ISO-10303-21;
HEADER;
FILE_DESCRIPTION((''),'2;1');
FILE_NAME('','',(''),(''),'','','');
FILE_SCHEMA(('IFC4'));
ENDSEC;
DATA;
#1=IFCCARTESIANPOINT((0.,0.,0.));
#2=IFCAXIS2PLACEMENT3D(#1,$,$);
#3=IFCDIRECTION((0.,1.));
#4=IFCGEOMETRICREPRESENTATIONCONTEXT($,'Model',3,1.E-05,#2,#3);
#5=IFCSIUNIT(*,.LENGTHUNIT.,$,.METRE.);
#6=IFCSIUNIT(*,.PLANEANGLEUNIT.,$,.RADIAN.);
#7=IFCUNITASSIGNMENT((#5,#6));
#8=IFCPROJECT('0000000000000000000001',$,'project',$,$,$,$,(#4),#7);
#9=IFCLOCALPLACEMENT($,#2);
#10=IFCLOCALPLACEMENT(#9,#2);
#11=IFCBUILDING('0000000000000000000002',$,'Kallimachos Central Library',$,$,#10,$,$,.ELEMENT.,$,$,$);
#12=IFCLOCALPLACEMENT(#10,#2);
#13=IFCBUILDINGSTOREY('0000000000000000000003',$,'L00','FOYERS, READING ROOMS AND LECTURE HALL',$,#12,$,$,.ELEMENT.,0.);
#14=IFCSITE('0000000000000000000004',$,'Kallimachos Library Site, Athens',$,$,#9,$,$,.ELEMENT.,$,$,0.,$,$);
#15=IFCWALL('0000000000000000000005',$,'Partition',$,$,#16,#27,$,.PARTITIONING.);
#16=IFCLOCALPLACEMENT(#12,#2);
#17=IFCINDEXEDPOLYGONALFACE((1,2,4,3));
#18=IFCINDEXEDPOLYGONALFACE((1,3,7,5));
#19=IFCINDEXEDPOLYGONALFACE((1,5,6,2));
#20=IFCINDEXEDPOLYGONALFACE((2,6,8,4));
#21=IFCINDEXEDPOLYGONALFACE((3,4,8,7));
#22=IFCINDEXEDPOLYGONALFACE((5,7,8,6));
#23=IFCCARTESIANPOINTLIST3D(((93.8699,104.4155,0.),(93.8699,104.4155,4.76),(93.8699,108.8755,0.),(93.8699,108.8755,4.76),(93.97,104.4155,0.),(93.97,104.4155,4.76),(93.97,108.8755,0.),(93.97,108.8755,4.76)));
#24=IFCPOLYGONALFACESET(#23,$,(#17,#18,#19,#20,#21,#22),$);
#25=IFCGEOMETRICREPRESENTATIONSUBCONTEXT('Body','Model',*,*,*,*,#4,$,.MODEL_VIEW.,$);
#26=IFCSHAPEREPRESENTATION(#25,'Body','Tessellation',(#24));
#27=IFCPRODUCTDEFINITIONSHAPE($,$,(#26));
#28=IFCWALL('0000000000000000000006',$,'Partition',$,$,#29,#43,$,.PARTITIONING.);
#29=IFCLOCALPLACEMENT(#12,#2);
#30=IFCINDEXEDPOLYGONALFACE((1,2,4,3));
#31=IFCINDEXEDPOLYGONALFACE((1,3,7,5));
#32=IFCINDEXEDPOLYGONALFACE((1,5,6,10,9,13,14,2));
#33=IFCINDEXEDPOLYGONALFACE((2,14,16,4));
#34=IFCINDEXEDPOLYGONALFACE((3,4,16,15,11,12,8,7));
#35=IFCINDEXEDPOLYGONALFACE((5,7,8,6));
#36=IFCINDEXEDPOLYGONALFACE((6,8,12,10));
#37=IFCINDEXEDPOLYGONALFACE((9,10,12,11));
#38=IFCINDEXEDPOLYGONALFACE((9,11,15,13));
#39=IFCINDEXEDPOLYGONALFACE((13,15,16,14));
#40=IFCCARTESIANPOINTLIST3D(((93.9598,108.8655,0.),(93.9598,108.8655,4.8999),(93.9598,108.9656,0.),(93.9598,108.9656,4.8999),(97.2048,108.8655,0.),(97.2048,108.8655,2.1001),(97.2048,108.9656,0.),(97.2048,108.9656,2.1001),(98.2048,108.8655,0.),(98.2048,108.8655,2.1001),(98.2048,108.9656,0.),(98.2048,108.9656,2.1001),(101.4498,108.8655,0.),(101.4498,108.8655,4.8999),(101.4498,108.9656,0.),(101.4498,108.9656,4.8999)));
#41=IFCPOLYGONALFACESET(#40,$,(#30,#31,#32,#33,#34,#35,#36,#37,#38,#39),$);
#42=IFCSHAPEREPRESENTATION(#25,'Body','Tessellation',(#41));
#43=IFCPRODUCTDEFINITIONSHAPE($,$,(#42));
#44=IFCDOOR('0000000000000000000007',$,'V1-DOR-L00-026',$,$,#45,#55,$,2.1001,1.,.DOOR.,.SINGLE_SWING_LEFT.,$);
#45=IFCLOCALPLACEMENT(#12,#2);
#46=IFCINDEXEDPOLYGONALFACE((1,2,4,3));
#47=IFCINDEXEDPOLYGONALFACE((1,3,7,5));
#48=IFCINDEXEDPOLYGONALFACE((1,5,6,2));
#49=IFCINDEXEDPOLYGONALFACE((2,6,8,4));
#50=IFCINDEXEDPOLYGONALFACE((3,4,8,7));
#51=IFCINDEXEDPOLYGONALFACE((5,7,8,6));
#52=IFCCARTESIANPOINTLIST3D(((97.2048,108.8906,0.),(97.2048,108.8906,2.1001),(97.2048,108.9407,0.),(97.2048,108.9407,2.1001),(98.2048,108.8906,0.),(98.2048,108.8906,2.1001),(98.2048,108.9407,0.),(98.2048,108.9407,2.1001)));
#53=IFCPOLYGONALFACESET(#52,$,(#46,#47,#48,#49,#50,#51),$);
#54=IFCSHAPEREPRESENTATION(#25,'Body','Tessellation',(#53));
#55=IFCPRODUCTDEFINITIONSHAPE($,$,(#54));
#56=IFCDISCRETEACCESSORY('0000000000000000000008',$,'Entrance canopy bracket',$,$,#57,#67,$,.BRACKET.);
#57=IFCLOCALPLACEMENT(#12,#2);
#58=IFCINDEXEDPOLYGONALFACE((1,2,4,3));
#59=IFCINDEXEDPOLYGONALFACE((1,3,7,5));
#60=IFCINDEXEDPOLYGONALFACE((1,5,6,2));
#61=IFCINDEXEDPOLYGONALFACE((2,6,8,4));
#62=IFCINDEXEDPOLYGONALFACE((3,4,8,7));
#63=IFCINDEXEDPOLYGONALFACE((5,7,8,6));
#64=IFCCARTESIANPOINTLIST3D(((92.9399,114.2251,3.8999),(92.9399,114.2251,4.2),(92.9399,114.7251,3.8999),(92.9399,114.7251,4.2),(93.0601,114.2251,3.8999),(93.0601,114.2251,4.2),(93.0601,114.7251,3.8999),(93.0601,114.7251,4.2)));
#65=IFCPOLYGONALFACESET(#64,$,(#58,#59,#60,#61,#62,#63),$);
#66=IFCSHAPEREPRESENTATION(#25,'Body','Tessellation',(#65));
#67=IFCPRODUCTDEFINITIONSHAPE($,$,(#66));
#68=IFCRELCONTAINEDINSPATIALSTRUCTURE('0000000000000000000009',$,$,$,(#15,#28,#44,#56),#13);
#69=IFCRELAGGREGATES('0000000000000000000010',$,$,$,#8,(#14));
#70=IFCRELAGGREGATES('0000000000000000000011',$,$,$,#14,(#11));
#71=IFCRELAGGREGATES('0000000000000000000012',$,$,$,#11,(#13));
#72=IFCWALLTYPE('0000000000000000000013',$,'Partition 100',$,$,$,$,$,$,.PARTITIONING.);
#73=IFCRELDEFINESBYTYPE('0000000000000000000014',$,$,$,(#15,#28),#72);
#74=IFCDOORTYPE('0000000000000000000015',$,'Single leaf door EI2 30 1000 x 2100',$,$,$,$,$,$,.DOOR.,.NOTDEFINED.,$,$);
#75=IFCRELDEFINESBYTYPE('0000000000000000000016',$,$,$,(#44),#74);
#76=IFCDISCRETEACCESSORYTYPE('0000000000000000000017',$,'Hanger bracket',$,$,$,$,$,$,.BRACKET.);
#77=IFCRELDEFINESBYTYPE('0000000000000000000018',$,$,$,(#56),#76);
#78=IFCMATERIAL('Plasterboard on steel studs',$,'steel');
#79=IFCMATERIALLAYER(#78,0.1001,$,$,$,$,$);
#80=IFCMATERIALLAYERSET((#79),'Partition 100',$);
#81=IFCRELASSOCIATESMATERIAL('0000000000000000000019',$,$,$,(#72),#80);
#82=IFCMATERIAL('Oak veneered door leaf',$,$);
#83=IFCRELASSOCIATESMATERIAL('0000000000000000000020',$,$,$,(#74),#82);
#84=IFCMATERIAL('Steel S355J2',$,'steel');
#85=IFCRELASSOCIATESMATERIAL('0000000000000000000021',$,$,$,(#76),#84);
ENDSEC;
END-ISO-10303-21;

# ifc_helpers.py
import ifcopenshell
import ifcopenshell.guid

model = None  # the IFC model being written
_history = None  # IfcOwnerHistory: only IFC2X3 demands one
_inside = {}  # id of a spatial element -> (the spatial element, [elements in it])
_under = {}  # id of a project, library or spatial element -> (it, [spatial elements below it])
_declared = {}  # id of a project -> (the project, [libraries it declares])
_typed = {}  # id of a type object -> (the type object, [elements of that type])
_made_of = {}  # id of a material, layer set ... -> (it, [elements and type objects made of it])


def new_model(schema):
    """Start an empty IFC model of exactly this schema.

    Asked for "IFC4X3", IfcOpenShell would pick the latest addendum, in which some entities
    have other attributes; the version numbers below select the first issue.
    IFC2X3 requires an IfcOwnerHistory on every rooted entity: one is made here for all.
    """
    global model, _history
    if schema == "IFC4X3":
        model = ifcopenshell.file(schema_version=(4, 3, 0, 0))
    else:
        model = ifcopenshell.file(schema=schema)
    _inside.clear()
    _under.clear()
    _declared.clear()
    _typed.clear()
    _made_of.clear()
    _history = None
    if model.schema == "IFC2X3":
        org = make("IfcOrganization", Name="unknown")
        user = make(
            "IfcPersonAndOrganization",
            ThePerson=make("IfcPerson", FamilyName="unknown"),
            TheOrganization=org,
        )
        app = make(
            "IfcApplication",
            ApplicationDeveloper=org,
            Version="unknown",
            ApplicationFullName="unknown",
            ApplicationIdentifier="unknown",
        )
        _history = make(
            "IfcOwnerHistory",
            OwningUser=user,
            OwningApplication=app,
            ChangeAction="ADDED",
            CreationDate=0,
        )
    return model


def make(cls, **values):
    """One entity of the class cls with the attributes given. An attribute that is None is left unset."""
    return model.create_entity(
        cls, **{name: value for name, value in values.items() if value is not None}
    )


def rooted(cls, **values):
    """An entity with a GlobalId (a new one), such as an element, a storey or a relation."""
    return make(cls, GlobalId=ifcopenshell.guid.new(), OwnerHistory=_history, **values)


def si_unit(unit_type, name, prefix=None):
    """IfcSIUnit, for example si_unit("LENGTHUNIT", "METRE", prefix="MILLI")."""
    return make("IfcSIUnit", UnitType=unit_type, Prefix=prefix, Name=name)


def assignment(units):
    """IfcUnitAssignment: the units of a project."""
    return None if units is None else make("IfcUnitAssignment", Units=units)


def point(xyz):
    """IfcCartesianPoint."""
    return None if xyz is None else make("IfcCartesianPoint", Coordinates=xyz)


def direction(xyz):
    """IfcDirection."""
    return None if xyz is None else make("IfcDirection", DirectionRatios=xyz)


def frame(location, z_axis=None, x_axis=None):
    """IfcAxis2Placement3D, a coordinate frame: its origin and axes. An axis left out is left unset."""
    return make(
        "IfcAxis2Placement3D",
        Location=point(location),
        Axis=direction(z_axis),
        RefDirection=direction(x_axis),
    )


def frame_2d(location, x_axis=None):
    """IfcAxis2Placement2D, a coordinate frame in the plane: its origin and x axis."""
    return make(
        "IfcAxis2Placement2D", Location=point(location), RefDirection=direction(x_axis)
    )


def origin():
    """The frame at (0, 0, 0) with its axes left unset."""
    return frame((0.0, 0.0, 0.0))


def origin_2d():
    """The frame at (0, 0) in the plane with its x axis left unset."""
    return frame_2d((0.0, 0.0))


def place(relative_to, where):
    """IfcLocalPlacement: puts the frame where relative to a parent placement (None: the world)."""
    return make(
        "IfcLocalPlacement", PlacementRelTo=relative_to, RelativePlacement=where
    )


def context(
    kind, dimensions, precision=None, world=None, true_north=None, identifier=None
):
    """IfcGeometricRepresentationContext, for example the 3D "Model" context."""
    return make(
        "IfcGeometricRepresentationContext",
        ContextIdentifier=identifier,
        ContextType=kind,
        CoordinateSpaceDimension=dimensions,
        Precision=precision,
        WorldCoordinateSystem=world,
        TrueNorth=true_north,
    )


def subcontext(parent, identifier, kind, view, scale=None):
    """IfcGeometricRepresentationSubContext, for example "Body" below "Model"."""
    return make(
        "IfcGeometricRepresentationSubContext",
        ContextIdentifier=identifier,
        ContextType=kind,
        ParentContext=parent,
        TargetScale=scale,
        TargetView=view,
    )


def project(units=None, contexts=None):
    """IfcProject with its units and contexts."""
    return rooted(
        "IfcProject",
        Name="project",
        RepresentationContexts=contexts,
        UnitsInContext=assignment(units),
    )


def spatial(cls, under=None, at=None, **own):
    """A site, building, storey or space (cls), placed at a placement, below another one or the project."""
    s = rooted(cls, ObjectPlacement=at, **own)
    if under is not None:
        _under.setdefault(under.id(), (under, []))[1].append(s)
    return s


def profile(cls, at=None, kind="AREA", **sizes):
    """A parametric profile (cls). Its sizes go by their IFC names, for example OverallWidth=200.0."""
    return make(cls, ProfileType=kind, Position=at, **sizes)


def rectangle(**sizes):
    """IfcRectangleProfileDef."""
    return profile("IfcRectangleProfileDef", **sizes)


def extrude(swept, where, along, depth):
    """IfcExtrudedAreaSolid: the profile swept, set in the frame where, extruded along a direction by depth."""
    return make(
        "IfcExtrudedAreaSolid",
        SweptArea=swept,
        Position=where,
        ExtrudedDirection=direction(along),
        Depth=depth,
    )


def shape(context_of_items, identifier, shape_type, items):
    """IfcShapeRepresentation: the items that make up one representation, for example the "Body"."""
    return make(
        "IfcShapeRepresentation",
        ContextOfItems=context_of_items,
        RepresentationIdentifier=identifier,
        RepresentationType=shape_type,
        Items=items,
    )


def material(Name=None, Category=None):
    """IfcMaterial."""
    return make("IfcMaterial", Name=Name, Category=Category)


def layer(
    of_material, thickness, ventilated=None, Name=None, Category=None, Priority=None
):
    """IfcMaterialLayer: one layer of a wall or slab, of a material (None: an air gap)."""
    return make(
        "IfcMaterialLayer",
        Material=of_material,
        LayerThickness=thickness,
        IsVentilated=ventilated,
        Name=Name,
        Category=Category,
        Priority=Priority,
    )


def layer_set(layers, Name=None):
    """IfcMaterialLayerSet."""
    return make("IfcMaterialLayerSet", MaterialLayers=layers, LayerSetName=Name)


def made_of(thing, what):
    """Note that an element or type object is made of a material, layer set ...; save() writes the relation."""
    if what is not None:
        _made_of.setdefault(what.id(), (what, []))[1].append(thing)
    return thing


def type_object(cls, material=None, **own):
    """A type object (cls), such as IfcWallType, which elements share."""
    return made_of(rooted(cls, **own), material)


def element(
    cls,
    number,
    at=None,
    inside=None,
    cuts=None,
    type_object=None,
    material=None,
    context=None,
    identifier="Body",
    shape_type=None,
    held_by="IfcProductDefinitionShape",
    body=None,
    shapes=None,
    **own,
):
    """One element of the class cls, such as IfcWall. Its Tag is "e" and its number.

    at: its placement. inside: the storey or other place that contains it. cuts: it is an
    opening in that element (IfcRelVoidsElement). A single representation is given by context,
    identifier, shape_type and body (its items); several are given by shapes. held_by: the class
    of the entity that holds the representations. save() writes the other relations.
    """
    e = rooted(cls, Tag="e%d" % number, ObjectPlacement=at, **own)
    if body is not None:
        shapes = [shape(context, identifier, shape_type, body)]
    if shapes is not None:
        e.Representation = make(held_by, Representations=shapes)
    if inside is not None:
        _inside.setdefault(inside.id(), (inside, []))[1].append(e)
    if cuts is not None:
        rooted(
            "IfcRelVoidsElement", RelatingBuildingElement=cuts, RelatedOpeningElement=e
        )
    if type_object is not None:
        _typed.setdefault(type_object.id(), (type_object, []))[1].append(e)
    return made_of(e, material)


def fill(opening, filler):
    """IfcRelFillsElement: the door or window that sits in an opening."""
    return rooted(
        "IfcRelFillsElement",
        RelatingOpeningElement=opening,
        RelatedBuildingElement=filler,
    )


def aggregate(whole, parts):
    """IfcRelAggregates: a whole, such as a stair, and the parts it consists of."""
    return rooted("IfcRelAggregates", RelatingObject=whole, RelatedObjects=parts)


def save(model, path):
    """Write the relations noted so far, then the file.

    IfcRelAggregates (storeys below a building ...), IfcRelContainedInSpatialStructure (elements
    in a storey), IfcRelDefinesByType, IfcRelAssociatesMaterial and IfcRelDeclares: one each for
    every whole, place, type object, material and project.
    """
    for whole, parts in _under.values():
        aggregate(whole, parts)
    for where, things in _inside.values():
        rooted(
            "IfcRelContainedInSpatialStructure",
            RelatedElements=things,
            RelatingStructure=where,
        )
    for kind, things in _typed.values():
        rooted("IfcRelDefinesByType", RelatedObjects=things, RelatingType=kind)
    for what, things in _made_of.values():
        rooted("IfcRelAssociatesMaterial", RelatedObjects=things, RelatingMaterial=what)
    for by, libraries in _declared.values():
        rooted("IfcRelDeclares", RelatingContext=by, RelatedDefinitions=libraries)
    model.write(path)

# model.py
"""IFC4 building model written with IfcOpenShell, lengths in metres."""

from ifc_helpers import new_model, si_unit, direction, frame, frame_2d, origin, origin_2d, place, context, subcontext, project, spatial, rectangle, extrude, material, layer, layer_set, type_object, element, fill, save


model = new_model("IFC4")

# Units and contexts
model_context = context("Model", 3, precision=1e-05, world=origin(), true_north=direction((0.0, 1.0)))
body_context = subcontext(model_context, "Body", "Model", "MODEL_VIEW")
ifc_project = project(units=[si_unit("LENGTHUNIT", "METRE"), si_unit("PLANEANGLEUNIT", "RADIAN")], contexts=[model_context])

# Site, building, storey
site_placement = place(None, origin())
site = spatial("IfcSite", under=ifc_project, at=site_placement, Name="Kallimachos Library Site, Athens", CompositionType="ELEMENT", RefElevation=0.0)
building_placement = place(site_placement, origin())
building = spatial("IfcBuilding", under=site, at=building_placement, Name="Kallimachos Central Library", CompositionType="ELEMENT")
storey_placement = place(building_placement, origin())
storey = spatial("IfcBuildingStorey", under=building, at=storey_placement, Name="L00", Description="FOYERS, READING ROOMS AND LECTURE HALL", CompositionType="ELEMENT", Elevation=0.0)

# Shared definitions
ifc_material_1 = material(Name="Plasterboard on steel studs", Category="steel")
ifc_layer_1 = layer(ifc_material_1, 0.1001)
ifc_layer_set_1 = layer_set([ifc_layer_1], Name="Partition 100")
wall_type = type_object("IfcWallType", Name="Partition 100", PredefinedType="PARTITIONING", material=ifc_layer_set_1)
ifc_material_2 = material(Name="Oak veneered door leaf")
door_type = type_object("IfcDoorType", Name="Single leaf door EI2 30 1000 x 2100", OperationType="NOTDEFINED", PredefinedType="DOOR", material=ifc_material_2)

# Wall
wall_1_placement = place(storey_placement, frame((93.9199, 108.8755, 0.0), z_axis=(0.0, 0.0, 1.0), x_axis=(0.0, -1.0, 0.0)))
element("IfcWall", 1, at=wall_1_placement, inside=storey, type_object=wall_type, Name="Partition", PredefinedType="PARTITIONING", context=body_context, shape_type="SweptSolid", body=[
    extrude(rectangle(XDim=4.46, YDim=0.1001, at=frame_2d((2.23, 0.0))), origin(), (0.0, 0.0, 1.0), 4.76),
])

# Wall, opening, door
wall_2_placement = place(storey_placement, frame((101.45, 108.9155, 0.0), z_axis=(0.0, 0.0, 1.0), x_axis=(-1.0, 0.0, 0.0)))
wall_2 = element("IfcWall", 2, at=wall_2_placement, inside=storey, type_object=wall_type, Name="Partition", PredefinedType="PARTITIONING", context=body_context, shape_type="SweptSolid", body=[
    extrude(rectangle(XDim=7.49, YDim=0.1001, at=frame_2d((3.7451, 0.0))), origin(), (0.0, 0.0, 1.0), 4.8999),
])
opening_1_placement = place(wall_2_placement, frame((3.2451, 0.0, 0.0)))
opening_1 = element("IfcOpeningElement", 3, at=opening_1_placement, cuts=wall_2, PredefinedType="OPENING", context=body_context, shape_type="SweptSolid", body=[
    extrude(rectangle(XDim=1.0, YDim=2.1001, at=frame_2d((0.5, 1.05))), frame((0.0, 0.0601, 0.0), z_axis=(0.0, -1.0, 0.0), x_axis=(1.0, 0.0, 0.0)), (0.0, 0.0, 1.0), 0.1201),
])
door_1_placement = place(opening_1_placement, origin())
door_1 = element("IfcDoor", 4, at=door_1_placement, inside=storey, type_object=door_type, Name="V1-DOR-L00-026", OperationType="SINGLE_SWING_LEFT", OverallHeight=2.1001, OverallWidth=1.0, PredefinedType="DOOR", context=body_context, shape_type="SweptSolid", body=[
    extrude(rectangle(XDim=1.0, YDim=2.1001, at=frame_2d((0.5, 1.05))), frame((0.0, 0.0249, 0.0), z_axis=(0.0, -1.0, 0.0), x_axis=(1.0, 0.0, 0.0)), (0.0, 0.0, 1.0), 0.05),
])
fill(opening_1, door_1)

# Discrete accessory
ifc_material_3 = material(Name="Steel S355J2", Category="steel")
discrete_accessory_type = type_object("IfcDiscreteAccessoryType", Name="Hanger bracket", PredefinedType="BRACKET", material=ifc_material_3)
discrete_accessory_placement = place(storey_placement, frame((93.0, 114.4751, 3.8999), z_axis=(0.0, 0.0, 1.0), x_axis=(1.0, 0.0, 0.0)))
element("IfcDiscreteAccessory", 5, at=discrete_accessory_placement, inside=storey, type_object=discrete_accessory_type, Name="Entrance canopy bracket", PredefinedType="BRACKET", context=body_context, shape_type="SweptSolid", body=[
    extrude(rectangle(XDim=0.1201, YDim=0.5, at=origin_2d()), origin(), (0.0, 0.0, 1.0), 0.3),
])

save(model, "model.ifc")
